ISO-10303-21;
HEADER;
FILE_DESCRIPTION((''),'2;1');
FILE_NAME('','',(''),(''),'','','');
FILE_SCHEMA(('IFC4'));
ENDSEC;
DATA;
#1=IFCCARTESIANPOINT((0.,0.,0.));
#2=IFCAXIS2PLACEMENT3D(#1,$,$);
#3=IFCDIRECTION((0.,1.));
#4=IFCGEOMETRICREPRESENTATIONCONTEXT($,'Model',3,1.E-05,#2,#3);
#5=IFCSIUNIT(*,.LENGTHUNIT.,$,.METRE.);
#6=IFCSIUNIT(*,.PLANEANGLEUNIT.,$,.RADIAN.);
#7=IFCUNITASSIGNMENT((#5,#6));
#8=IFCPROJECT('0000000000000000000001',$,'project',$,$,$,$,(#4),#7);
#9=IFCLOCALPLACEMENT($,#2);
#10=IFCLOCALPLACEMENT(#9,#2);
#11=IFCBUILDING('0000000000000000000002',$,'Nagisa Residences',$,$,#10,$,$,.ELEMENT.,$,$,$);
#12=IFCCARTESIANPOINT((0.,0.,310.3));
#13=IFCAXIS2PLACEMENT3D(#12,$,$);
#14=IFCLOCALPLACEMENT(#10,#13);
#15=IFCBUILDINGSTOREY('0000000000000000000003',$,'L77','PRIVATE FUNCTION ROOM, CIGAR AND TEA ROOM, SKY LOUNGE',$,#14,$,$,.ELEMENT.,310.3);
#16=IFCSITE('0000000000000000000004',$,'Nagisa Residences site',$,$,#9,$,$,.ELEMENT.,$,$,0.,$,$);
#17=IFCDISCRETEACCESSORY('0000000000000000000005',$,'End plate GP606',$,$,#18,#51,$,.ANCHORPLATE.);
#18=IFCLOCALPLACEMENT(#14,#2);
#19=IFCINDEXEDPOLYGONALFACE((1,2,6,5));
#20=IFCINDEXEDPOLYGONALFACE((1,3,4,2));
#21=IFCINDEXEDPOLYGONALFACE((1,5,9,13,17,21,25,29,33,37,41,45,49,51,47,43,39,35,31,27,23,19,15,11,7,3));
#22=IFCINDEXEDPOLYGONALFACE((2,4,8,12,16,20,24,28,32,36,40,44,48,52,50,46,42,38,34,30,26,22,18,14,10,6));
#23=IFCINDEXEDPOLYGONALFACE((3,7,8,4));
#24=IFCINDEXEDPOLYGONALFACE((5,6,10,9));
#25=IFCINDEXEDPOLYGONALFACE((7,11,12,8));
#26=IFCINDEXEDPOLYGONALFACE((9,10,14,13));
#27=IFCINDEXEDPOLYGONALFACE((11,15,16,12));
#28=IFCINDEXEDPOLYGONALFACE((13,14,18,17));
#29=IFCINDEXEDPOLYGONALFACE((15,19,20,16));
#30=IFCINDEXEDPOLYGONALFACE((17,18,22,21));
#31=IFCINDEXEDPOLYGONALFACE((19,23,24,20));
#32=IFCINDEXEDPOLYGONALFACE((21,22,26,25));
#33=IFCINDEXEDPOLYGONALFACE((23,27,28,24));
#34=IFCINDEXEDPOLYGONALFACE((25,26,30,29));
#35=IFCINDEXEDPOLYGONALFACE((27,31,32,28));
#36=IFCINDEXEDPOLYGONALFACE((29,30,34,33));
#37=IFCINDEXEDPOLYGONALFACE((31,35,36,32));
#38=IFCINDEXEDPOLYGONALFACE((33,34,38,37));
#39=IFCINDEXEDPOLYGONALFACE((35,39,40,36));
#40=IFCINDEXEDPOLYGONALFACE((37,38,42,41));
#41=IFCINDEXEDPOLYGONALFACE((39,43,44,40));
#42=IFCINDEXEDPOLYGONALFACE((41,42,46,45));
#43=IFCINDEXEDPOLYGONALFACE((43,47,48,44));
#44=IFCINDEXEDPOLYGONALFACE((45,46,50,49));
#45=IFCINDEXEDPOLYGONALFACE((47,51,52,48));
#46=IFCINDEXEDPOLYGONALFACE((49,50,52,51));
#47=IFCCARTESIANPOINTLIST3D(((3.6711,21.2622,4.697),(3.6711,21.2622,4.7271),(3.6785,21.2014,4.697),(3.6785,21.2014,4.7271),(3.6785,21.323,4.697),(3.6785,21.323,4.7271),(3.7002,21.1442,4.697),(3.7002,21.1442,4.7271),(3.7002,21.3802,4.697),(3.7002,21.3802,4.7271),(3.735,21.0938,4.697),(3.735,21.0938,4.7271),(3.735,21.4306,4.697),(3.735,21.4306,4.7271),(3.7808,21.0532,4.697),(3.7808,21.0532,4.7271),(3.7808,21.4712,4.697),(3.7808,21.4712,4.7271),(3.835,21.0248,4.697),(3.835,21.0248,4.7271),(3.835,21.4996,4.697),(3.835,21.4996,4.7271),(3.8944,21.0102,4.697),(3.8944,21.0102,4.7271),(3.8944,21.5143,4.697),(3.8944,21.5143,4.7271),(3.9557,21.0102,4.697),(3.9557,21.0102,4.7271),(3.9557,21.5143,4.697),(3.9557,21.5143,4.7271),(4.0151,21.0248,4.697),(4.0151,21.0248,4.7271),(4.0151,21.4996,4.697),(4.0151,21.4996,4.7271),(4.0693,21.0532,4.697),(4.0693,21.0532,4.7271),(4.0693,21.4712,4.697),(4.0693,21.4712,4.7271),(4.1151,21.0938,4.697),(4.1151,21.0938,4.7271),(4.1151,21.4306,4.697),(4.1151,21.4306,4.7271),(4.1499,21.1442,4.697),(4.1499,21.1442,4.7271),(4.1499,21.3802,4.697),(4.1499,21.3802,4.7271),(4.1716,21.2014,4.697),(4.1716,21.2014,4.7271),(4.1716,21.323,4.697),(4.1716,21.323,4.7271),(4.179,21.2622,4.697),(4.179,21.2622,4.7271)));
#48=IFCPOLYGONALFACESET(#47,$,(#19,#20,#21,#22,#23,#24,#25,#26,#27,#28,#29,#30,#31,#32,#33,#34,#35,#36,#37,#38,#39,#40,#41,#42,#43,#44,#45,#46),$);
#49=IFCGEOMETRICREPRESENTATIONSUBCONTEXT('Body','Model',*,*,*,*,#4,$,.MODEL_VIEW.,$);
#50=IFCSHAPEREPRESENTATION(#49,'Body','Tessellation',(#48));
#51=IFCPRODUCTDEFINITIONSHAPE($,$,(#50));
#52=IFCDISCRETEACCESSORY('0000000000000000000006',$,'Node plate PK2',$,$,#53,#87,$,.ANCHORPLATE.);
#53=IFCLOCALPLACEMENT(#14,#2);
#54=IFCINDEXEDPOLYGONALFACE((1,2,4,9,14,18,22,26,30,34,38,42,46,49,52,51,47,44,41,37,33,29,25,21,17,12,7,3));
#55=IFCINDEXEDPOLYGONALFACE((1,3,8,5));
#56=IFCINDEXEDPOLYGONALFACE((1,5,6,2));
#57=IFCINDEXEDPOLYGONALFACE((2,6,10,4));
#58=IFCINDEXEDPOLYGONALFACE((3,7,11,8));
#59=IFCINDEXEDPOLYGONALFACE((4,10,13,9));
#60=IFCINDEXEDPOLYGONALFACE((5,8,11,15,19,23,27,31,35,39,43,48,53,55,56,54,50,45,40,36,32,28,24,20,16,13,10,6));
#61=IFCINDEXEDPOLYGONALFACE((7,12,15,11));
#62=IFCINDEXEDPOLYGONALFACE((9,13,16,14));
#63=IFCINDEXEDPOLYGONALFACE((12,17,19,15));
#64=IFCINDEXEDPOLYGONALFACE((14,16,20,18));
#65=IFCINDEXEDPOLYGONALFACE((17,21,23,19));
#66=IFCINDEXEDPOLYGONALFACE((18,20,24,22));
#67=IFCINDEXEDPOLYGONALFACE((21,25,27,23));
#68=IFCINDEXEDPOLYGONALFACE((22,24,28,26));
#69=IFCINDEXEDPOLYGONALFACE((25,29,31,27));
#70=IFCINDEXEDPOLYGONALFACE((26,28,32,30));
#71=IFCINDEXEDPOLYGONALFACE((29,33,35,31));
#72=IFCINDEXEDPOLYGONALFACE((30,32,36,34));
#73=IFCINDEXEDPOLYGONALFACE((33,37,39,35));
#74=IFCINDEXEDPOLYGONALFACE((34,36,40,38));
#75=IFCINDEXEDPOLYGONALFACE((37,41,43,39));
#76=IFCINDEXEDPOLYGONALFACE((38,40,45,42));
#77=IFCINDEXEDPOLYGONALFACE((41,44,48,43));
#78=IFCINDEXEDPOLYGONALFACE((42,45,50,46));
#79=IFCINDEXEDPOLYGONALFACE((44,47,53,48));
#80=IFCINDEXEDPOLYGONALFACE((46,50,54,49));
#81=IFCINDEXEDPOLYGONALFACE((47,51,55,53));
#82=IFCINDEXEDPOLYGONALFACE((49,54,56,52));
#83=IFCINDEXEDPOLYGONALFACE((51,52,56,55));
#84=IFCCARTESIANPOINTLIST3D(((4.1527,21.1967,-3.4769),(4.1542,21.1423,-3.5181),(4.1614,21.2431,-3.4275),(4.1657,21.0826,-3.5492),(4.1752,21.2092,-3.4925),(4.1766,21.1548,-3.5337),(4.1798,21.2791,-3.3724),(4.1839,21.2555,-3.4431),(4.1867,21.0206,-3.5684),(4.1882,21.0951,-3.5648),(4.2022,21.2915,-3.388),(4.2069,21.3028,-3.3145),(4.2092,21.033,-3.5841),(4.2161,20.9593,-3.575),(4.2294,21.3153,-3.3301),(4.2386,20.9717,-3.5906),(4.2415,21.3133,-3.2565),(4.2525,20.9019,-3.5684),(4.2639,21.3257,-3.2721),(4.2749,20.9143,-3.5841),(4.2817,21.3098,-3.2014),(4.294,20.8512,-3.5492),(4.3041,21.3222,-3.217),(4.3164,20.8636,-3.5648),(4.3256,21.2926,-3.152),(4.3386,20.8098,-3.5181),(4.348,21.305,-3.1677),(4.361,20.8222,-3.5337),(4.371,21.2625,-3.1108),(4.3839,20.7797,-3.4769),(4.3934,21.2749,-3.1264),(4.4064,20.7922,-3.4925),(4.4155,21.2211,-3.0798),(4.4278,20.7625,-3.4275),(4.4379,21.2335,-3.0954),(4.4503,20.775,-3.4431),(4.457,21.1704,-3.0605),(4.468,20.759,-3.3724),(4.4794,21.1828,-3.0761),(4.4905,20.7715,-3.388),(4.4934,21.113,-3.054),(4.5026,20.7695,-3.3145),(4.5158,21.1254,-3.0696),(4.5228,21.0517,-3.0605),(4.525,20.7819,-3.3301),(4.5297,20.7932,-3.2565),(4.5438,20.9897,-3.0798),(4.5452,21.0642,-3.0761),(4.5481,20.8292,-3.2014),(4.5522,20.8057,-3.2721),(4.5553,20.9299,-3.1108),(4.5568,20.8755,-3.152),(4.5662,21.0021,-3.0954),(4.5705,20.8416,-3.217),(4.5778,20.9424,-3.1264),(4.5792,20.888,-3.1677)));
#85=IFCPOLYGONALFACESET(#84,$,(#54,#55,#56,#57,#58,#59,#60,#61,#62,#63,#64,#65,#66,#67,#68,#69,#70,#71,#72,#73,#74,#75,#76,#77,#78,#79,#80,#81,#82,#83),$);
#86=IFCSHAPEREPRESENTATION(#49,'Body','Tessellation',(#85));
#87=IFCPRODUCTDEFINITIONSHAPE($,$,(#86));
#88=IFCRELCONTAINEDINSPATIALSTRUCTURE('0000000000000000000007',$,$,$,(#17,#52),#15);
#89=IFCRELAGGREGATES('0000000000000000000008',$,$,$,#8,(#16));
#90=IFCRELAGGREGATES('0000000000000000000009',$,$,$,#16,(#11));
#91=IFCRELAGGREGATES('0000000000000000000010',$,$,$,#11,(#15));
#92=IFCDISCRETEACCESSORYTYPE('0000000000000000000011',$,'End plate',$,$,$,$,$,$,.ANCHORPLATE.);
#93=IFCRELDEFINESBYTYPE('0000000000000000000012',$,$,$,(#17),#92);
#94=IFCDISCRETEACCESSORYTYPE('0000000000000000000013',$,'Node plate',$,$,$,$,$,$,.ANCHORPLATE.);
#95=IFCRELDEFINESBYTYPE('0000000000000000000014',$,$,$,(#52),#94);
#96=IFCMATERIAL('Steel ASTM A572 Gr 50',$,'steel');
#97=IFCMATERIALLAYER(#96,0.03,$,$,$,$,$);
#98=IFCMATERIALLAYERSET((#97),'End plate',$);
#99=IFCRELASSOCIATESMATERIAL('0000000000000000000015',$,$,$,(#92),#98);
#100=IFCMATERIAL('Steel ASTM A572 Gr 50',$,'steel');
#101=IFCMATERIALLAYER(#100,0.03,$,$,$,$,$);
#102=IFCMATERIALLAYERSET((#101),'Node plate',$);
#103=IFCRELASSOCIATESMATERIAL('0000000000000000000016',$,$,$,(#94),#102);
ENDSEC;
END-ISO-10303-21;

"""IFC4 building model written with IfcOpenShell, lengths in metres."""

from ifc_helpers import new_model, si_unit, direction, frame, origin, origin_2d, place, context, subcontext, project, spatial, circle, extrude, material, layer, layer_set, type_object, element, save


model = new_model("IFC4")

# Units and contexts
model_context = context("Model", 3, precision=1e-05, world=origin(), true_north=direction((0.0, 1.0)))
body_context = subcontext(model_context, "Body", "Model", "MODEL_VIEW")
ifc_project = project(units=[si_unit("LENGTHUNIT", "METRE"), si_unit("PLANEANGLEUNIT", "RADIAN")], contexts=[model_context])

# Site, building, storey
site_placement = place(None, origin())
site = spatial("IfcSite", under=ifc_project, at=site_placement, Name="Nagisa Residences site", CompositionType="ELEMENT", RefElevation=0.0)
building_placement = place(site_placement, origin())
building = spatial("IfcBuilding", under=site, at=building_placement, Name="Nagisa Residences", CompositionType="ELEMENT")
storey_placement = place(building_placement, frame((0.0, 0.0, 310.3)))
storey = spatial("IfcBuildingStorey", under=building, at=storey_placement, Name="L77", Description="PRIVATE FUNCTION ROOM, CIGAR AND TEA ROOM, SKY LOUNGE", CompositionType="ELEMENT", Elevation=310.3)

# Discrete accessories
ifc_material_1 = material(Name="Steel ASTM A572 Gr 50", Category="steel")
ifc_layer_1 = layer(ifc_material_1, 0.03)
ifc_layer_set_1 = layer_set([ifc_layer_1], Name="End plate")
discrete_accessory_type_1 = type_object("IfcDiscreteAccessoryType", Name="End plate", PredefinedType="ANCHORPLATE", material=ifc_layer_set_1)
discrete_accessory_1_placement = place(storey_placement, frame((3.925, 21.2622, 4.697), z_axis=(0.0, 0.0, 1.0), x_axis=(1.0, 0.0, 0.0)))
element("IfcDiscreteAccessory", 1, at=discrete_accessory_1_placement, inside=storey, type_object=discrete_accessory_type_1, Name="End plate GP606", PredefinedType="ANCHORPLATE", context=body_context, shape_type="SweptSolid", body=[
    extrude(circle(Radius=0.2539, at=origin_2d()), origin(), (0.0, 0.0, 1.0), 0.03),
])
ifc_material_2 = material(Name="Steel ASTM A572 Gr 50", Category="steel")
ifc_layer_2 = layer(ifc_material_2, 0.03)
ifc_layer_set_2 = layer_set([ifc_layer_2], Name="Node plate")
discrete_accessory_type_2 = type_object("IfcDiscreteAccessoryType", Name="Node plate", PredefinedType="ANCHORPLATE", material=ifc_layer_set_2)
discrete_accessory_2_placement = place(storey_placement, frame((4.3772, 21.0486, -3.3301), z_axis=(-0.747178, -0.414196, 0.519776), x_axis=(0.484836, -0.874605, 0.0)))
element("IfcDiscreteAccessory", 2, at=discrete_accessory_2_placement, inside=storey, type_object=discrete_accessory_type_2, Name="Node plate PK2", PredefinedType="ANCHORPLATE", context=body_context, shape_type="SweptSolid", body=[
    extrude(circle(Radius=0.3049, at=origin_2d()), origin(), (0.0, 0.0, 1.0), 0.03),
])

save(model, "model.ifc")
